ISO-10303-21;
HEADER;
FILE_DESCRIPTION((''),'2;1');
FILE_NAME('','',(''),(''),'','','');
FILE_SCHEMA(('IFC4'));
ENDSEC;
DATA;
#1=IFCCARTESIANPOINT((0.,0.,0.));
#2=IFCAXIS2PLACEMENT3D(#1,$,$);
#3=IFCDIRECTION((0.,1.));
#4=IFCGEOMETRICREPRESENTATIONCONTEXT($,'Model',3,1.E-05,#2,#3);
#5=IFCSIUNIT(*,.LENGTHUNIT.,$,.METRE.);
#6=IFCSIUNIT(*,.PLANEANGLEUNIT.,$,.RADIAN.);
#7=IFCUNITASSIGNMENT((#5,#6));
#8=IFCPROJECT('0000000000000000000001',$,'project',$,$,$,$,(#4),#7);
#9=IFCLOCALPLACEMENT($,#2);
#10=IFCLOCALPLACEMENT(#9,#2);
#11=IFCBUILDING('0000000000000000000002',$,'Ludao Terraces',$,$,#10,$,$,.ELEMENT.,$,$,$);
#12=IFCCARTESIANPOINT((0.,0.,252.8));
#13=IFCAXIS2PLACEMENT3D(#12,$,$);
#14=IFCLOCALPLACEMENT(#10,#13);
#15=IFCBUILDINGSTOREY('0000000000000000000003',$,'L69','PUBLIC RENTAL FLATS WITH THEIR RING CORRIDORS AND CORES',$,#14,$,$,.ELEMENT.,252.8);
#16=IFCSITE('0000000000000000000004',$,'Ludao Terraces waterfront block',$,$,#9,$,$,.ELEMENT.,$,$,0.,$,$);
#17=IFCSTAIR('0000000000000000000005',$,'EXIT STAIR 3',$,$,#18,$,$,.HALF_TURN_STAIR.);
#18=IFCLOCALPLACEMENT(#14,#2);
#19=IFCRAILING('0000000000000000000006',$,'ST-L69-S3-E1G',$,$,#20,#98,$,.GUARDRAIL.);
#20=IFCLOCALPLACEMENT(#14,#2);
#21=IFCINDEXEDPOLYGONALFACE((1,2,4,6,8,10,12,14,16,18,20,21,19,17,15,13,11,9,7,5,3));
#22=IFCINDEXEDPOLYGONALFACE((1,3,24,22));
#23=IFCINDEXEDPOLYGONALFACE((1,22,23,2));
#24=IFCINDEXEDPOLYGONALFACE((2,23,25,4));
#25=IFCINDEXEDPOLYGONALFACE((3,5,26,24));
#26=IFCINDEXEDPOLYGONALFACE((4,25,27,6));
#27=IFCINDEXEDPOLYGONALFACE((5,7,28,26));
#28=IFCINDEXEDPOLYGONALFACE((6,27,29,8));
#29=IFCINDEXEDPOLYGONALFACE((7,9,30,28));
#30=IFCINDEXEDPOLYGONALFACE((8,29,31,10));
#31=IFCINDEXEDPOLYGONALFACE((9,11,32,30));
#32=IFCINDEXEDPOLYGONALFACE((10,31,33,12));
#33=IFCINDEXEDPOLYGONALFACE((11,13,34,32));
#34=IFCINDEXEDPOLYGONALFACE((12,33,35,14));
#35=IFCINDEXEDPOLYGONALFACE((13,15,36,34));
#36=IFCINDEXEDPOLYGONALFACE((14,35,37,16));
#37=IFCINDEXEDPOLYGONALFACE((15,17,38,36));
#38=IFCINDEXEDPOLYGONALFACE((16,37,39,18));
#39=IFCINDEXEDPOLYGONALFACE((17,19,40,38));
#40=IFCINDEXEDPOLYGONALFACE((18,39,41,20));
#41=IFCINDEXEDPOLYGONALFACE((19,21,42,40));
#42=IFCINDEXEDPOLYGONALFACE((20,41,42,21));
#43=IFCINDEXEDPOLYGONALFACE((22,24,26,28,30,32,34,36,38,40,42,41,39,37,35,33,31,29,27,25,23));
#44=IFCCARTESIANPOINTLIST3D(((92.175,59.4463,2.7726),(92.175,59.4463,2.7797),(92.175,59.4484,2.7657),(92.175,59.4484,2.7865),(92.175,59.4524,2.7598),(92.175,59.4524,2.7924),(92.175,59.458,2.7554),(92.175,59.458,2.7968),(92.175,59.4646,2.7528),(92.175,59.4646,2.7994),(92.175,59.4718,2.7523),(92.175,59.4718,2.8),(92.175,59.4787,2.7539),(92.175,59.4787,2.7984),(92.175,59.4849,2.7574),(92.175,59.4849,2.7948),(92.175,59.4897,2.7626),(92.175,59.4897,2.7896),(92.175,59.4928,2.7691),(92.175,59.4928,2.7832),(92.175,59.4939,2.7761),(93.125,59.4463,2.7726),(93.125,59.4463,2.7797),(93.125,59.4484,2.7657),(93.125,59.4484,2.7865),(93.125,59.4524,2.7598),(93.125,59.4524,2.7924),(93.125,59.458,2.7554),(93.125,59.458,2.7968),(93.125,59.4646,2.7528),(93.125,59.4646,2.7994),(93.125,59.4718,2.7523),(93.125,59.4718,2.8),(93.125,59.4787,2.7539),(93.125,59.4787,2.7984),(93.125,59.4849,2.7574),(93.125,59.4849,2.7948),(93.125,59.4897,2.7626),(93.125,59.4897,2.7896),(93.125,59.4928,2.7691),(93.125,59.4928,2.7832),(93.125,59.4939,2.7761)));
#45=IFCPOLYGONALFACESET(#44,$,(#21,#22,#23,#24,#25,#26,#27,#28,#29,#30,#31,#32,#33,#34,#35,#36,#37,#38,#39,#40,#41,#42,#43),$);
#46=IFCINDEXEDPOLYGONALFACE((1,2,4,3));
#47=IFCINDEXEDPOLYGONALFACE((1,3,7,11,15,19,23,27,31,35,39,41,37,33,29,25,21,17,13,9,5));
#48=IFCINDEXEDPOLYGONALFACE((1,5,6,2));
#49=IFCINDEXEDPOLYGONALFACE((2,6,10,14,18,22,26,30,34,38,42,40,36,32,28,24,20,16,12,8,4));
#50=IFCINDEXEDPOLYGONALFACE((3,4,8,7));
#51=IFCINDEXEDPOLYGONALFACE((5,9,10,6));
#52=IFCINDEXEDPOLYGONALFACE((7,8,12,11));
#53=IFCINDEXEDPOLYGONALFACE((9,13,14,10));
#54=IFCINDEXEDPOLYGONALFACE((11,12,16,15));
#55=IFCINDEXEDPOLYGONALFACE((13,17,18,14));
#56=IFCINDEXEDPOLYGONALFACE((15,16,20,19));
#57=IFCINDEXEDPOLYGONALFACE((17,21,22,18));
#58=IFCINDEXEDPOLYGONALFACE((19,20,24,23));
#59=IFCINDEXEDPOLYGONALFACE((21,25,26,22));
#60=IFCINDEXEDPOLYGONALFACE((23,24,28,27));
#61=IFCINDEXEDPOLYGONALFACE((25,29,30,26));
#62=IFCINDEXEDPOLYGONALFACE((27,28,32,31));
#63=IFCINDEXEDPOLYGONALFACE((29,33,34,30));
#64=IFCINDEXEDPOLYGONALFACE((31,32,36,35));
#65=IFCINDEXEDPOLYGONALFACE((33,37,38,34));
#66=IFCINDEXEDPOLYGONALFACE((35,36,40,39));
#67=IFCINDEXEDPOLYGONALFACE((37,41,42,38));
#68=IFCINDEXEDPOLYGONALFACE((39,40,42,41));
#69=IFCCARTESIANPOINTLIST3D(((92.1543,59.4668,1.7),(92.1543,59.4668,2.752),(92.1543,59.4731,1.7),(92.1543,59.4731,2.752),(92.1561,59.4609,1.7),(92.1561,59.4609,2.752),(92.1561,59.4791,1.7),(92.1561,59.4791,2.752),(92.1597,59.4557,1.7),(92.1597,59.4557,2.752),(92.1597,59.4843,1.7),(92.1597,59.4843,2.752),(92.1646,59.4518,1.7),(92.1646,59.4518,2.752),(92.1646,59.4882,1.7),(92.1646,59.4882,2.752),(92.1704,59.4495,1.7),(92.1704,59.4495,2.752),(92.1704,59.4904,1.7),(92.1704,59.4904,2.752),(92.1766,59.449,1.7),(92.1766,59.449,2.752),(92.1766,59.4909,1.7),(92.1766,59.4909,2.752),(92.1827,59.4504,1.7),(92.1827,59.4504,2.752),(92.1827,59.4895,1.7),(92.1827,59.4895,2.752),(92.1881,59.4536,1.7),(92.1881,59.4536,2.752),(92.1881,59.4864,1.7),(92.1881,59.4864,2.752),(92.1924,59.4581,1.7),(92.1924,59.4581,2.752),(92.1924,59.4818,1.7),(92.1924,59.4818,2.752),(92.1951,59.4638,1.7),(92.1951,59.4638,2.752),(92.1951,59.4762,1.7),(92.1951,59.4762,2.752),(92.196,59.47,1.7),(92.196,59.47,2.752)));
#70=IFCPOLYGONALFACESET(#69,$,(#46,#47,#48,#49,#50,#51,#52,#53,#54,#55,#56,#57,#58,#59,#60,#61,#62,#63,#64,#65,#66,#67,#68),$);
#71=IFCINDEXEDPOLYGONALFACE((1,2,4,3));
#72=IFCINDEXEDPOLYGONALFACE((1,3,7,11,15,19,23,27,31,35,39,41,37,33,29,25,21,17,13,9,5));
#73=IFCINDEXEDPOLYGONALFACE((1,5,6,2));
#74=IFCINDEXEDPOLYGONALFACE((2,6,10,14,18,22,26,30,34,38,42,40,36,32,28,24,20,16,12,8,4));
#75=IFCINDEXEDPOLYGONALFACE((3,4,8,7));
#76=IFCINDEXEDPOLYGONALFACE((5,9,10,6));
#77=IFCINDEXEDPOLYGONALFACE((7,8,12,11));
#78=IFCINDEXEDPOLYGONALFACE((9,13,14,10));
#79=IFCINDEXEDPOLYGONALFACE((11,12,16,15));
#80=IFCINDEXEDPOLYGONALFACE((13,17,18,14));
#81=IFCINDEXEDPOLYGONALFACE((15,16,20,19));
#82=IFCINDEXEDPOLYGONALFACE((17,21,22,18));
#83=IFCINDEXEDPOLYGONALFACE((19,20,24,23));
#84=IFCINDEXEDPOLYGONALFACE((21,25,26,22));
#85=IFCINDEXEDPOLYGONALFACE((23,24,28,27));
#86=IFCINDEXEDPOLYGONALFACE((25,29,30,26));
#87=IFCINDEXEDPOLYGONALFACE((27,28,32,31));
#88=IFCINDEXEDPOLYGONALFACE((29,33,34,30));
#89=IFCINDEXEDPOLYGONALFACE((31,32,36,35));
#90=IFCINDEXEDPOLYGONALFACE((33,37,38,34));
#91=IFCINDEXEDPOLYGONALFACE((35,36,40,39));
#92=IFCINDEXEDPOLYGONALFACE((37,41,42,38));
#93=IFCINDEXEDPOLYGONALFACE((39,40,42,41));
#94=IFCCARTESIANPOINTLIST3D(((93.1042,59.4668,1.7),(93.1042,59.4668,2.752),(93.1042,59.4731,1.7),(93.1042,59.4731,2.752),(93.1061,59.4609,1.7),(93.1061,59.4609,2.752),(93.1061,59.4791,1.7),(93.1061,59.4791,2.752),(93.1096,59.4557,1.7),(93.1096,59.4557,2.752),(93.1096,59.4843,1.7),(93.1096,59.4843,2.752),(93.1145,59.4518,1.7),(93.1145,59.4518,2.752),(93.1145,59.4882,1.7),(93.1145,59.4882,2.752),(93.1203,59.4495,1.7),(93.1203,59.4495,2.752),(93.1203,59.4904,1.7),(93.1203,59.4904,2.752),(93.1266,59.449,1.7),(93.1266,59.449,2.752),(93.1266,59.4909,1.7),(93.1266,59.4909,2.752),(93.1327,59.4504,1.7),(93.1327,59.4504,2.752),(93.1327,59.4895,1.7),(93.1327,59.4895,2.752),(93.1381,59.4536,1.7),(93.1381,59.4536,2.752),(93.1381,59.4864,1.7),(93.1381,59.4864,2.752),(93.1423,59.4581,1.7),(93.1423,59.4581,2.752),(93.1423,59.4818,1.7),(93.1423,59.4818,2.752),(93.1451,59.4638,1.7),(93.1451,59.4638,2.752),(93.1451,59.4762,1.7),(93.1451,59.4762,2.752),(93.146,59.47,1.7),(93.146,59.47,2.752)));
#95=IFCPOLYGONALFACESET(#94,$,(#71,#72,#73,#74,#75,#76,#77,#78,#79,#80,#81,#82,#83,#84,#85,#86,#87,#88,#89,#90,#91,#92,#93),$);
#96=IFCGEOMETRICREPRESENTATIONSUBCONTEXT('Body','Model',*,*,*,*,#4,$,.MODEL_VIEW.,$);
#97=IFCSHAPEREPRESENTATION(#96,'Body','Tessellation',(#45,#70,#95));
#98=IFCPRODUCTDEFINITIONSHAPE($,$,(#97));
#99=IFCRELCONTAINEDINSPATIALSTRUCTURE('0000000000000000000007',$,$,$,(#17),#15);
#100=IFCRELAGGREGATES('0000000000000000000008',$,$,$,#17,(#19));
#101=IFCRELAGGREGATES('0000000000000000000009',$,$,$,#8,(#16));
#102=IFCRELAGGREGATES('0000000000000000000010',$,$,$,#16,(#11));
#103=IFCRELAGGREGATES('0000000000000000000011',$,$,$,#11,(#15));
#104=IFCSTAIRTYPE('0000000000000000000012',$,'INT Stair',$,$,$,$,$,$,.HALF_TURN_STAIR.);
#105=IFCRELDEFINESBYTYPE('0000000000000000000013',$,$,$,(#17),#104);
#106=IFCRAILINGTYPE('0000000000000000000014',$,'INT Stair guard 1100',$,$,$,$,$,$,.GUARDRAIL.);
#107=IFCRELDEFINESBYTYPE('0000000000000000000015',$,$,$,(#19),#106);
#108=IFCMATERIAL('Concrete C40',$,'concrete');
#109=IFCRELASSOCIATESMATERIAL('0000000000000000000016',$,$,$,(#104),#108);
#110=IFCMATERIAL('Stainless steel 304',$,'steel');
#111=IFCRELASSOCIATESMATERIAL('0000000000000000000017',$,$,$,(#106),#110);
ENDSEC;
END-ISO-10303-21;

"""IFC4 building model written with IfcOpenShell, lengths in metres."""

from ifc_helpers import new_model, si_unit, direction, frame, origin, origin_2d, place, context, subcontext, project, spatial, circle, extrude, material, type_object, element, aggregate, save


model = new_model("IFC4")

# Units and contexts
model_context = context("Model", 3, precision=1e-05, world=origin(), true_north=direction((0.0, 1.0)))
body_context = subcontext(model_context, "Body", "Model", "MODEL_VIEW")
ifc_project = project(units=[si_unit("LENGTHUNIT", "METRE"), si_unit("PLANEANGLEUNIT", "RADIAN")], contexts=[model_context])

# Site, building, storey
site_placement = place(None, origin())
site = spatial("IfcSite", under=ifc_project, at=site_placement, Name="Ludao Terraces waterfront block", CompositionType="ELEMENT", RefElevation=0.0)
building_placement = place(site_placement, origin())
building = spatial("IfcBuilding", under=site, at=building_placement, Name="Ludao Terraces", CompositionType="ELEMENT")
storey_placement = place(building_placement, frame((0.0, 0.0, 252.8)))
storey = spatial("IfcBuildingStorey", under=building, at=storey_placement, Name="L69", Description="PUBLIC RENTAL FLATS WITH THEIR RING CORRIDORS AND CORES", CompositionType="ELEMENT", Elevation=252.8)

# Shared definitions
ifc_material_1 = material(Name="Concrete C40", Category="concrete")

# Stair, railing
stair_type = type_object("IfcStairType", Name="INT Stair", PredefinedType="HALF_TURN_STAIR", material=ifc_material_1)
stair_placement = place(storey_placement, origin())
stair = element("IfcStair", 1, at=stair_placement, inside=storey, type_object=stair_type, Name="EXIT STAIR 3", PredefinedType="HALF_TURN_STAIR")
ifc_material_2 = material(Name="Stainless steel 304", Category="steel")
railing_type_1 = type_object("IfcRailingType", Name="INT Stair guard 1100", PredefinedType="GUARDRAIL", material=ifc_material_2)
railing_1_placement = place(storey_placement, frame((92.175, 59.47, 1.7)))
railing_1 = element("IfcRailing", 2, at=railing_1_placement, type_object=railing_type_1, Name="ST-L69-S3-E1G", PredefinedType="GUARDRAIL", context=body_context, shape_type="SweptSolid", body=[
    extrude(circle(Radius=0.0239, at=origin_2d()), frame((0.0, 0.0, 1.0762), z_axis=(1.0, 0.0, 0.0), x_axis=(0.0, 1.0, 0.0)), (0.0, 0.0, 1.0), 0.95),
    extrude(circle(Radius=0.021, at=origin_2d()), origin(), (0.0, 0.0, 1.0), 1.052),
    extrude(circle(Radius=0.021, at=origin_2d()), frame((0.95, 0.0, 0.0)), (0.0, 0.0, 1.0), 1.052),
])
aggregate(stair, [railing_1])

save(model, "model.ifc")
